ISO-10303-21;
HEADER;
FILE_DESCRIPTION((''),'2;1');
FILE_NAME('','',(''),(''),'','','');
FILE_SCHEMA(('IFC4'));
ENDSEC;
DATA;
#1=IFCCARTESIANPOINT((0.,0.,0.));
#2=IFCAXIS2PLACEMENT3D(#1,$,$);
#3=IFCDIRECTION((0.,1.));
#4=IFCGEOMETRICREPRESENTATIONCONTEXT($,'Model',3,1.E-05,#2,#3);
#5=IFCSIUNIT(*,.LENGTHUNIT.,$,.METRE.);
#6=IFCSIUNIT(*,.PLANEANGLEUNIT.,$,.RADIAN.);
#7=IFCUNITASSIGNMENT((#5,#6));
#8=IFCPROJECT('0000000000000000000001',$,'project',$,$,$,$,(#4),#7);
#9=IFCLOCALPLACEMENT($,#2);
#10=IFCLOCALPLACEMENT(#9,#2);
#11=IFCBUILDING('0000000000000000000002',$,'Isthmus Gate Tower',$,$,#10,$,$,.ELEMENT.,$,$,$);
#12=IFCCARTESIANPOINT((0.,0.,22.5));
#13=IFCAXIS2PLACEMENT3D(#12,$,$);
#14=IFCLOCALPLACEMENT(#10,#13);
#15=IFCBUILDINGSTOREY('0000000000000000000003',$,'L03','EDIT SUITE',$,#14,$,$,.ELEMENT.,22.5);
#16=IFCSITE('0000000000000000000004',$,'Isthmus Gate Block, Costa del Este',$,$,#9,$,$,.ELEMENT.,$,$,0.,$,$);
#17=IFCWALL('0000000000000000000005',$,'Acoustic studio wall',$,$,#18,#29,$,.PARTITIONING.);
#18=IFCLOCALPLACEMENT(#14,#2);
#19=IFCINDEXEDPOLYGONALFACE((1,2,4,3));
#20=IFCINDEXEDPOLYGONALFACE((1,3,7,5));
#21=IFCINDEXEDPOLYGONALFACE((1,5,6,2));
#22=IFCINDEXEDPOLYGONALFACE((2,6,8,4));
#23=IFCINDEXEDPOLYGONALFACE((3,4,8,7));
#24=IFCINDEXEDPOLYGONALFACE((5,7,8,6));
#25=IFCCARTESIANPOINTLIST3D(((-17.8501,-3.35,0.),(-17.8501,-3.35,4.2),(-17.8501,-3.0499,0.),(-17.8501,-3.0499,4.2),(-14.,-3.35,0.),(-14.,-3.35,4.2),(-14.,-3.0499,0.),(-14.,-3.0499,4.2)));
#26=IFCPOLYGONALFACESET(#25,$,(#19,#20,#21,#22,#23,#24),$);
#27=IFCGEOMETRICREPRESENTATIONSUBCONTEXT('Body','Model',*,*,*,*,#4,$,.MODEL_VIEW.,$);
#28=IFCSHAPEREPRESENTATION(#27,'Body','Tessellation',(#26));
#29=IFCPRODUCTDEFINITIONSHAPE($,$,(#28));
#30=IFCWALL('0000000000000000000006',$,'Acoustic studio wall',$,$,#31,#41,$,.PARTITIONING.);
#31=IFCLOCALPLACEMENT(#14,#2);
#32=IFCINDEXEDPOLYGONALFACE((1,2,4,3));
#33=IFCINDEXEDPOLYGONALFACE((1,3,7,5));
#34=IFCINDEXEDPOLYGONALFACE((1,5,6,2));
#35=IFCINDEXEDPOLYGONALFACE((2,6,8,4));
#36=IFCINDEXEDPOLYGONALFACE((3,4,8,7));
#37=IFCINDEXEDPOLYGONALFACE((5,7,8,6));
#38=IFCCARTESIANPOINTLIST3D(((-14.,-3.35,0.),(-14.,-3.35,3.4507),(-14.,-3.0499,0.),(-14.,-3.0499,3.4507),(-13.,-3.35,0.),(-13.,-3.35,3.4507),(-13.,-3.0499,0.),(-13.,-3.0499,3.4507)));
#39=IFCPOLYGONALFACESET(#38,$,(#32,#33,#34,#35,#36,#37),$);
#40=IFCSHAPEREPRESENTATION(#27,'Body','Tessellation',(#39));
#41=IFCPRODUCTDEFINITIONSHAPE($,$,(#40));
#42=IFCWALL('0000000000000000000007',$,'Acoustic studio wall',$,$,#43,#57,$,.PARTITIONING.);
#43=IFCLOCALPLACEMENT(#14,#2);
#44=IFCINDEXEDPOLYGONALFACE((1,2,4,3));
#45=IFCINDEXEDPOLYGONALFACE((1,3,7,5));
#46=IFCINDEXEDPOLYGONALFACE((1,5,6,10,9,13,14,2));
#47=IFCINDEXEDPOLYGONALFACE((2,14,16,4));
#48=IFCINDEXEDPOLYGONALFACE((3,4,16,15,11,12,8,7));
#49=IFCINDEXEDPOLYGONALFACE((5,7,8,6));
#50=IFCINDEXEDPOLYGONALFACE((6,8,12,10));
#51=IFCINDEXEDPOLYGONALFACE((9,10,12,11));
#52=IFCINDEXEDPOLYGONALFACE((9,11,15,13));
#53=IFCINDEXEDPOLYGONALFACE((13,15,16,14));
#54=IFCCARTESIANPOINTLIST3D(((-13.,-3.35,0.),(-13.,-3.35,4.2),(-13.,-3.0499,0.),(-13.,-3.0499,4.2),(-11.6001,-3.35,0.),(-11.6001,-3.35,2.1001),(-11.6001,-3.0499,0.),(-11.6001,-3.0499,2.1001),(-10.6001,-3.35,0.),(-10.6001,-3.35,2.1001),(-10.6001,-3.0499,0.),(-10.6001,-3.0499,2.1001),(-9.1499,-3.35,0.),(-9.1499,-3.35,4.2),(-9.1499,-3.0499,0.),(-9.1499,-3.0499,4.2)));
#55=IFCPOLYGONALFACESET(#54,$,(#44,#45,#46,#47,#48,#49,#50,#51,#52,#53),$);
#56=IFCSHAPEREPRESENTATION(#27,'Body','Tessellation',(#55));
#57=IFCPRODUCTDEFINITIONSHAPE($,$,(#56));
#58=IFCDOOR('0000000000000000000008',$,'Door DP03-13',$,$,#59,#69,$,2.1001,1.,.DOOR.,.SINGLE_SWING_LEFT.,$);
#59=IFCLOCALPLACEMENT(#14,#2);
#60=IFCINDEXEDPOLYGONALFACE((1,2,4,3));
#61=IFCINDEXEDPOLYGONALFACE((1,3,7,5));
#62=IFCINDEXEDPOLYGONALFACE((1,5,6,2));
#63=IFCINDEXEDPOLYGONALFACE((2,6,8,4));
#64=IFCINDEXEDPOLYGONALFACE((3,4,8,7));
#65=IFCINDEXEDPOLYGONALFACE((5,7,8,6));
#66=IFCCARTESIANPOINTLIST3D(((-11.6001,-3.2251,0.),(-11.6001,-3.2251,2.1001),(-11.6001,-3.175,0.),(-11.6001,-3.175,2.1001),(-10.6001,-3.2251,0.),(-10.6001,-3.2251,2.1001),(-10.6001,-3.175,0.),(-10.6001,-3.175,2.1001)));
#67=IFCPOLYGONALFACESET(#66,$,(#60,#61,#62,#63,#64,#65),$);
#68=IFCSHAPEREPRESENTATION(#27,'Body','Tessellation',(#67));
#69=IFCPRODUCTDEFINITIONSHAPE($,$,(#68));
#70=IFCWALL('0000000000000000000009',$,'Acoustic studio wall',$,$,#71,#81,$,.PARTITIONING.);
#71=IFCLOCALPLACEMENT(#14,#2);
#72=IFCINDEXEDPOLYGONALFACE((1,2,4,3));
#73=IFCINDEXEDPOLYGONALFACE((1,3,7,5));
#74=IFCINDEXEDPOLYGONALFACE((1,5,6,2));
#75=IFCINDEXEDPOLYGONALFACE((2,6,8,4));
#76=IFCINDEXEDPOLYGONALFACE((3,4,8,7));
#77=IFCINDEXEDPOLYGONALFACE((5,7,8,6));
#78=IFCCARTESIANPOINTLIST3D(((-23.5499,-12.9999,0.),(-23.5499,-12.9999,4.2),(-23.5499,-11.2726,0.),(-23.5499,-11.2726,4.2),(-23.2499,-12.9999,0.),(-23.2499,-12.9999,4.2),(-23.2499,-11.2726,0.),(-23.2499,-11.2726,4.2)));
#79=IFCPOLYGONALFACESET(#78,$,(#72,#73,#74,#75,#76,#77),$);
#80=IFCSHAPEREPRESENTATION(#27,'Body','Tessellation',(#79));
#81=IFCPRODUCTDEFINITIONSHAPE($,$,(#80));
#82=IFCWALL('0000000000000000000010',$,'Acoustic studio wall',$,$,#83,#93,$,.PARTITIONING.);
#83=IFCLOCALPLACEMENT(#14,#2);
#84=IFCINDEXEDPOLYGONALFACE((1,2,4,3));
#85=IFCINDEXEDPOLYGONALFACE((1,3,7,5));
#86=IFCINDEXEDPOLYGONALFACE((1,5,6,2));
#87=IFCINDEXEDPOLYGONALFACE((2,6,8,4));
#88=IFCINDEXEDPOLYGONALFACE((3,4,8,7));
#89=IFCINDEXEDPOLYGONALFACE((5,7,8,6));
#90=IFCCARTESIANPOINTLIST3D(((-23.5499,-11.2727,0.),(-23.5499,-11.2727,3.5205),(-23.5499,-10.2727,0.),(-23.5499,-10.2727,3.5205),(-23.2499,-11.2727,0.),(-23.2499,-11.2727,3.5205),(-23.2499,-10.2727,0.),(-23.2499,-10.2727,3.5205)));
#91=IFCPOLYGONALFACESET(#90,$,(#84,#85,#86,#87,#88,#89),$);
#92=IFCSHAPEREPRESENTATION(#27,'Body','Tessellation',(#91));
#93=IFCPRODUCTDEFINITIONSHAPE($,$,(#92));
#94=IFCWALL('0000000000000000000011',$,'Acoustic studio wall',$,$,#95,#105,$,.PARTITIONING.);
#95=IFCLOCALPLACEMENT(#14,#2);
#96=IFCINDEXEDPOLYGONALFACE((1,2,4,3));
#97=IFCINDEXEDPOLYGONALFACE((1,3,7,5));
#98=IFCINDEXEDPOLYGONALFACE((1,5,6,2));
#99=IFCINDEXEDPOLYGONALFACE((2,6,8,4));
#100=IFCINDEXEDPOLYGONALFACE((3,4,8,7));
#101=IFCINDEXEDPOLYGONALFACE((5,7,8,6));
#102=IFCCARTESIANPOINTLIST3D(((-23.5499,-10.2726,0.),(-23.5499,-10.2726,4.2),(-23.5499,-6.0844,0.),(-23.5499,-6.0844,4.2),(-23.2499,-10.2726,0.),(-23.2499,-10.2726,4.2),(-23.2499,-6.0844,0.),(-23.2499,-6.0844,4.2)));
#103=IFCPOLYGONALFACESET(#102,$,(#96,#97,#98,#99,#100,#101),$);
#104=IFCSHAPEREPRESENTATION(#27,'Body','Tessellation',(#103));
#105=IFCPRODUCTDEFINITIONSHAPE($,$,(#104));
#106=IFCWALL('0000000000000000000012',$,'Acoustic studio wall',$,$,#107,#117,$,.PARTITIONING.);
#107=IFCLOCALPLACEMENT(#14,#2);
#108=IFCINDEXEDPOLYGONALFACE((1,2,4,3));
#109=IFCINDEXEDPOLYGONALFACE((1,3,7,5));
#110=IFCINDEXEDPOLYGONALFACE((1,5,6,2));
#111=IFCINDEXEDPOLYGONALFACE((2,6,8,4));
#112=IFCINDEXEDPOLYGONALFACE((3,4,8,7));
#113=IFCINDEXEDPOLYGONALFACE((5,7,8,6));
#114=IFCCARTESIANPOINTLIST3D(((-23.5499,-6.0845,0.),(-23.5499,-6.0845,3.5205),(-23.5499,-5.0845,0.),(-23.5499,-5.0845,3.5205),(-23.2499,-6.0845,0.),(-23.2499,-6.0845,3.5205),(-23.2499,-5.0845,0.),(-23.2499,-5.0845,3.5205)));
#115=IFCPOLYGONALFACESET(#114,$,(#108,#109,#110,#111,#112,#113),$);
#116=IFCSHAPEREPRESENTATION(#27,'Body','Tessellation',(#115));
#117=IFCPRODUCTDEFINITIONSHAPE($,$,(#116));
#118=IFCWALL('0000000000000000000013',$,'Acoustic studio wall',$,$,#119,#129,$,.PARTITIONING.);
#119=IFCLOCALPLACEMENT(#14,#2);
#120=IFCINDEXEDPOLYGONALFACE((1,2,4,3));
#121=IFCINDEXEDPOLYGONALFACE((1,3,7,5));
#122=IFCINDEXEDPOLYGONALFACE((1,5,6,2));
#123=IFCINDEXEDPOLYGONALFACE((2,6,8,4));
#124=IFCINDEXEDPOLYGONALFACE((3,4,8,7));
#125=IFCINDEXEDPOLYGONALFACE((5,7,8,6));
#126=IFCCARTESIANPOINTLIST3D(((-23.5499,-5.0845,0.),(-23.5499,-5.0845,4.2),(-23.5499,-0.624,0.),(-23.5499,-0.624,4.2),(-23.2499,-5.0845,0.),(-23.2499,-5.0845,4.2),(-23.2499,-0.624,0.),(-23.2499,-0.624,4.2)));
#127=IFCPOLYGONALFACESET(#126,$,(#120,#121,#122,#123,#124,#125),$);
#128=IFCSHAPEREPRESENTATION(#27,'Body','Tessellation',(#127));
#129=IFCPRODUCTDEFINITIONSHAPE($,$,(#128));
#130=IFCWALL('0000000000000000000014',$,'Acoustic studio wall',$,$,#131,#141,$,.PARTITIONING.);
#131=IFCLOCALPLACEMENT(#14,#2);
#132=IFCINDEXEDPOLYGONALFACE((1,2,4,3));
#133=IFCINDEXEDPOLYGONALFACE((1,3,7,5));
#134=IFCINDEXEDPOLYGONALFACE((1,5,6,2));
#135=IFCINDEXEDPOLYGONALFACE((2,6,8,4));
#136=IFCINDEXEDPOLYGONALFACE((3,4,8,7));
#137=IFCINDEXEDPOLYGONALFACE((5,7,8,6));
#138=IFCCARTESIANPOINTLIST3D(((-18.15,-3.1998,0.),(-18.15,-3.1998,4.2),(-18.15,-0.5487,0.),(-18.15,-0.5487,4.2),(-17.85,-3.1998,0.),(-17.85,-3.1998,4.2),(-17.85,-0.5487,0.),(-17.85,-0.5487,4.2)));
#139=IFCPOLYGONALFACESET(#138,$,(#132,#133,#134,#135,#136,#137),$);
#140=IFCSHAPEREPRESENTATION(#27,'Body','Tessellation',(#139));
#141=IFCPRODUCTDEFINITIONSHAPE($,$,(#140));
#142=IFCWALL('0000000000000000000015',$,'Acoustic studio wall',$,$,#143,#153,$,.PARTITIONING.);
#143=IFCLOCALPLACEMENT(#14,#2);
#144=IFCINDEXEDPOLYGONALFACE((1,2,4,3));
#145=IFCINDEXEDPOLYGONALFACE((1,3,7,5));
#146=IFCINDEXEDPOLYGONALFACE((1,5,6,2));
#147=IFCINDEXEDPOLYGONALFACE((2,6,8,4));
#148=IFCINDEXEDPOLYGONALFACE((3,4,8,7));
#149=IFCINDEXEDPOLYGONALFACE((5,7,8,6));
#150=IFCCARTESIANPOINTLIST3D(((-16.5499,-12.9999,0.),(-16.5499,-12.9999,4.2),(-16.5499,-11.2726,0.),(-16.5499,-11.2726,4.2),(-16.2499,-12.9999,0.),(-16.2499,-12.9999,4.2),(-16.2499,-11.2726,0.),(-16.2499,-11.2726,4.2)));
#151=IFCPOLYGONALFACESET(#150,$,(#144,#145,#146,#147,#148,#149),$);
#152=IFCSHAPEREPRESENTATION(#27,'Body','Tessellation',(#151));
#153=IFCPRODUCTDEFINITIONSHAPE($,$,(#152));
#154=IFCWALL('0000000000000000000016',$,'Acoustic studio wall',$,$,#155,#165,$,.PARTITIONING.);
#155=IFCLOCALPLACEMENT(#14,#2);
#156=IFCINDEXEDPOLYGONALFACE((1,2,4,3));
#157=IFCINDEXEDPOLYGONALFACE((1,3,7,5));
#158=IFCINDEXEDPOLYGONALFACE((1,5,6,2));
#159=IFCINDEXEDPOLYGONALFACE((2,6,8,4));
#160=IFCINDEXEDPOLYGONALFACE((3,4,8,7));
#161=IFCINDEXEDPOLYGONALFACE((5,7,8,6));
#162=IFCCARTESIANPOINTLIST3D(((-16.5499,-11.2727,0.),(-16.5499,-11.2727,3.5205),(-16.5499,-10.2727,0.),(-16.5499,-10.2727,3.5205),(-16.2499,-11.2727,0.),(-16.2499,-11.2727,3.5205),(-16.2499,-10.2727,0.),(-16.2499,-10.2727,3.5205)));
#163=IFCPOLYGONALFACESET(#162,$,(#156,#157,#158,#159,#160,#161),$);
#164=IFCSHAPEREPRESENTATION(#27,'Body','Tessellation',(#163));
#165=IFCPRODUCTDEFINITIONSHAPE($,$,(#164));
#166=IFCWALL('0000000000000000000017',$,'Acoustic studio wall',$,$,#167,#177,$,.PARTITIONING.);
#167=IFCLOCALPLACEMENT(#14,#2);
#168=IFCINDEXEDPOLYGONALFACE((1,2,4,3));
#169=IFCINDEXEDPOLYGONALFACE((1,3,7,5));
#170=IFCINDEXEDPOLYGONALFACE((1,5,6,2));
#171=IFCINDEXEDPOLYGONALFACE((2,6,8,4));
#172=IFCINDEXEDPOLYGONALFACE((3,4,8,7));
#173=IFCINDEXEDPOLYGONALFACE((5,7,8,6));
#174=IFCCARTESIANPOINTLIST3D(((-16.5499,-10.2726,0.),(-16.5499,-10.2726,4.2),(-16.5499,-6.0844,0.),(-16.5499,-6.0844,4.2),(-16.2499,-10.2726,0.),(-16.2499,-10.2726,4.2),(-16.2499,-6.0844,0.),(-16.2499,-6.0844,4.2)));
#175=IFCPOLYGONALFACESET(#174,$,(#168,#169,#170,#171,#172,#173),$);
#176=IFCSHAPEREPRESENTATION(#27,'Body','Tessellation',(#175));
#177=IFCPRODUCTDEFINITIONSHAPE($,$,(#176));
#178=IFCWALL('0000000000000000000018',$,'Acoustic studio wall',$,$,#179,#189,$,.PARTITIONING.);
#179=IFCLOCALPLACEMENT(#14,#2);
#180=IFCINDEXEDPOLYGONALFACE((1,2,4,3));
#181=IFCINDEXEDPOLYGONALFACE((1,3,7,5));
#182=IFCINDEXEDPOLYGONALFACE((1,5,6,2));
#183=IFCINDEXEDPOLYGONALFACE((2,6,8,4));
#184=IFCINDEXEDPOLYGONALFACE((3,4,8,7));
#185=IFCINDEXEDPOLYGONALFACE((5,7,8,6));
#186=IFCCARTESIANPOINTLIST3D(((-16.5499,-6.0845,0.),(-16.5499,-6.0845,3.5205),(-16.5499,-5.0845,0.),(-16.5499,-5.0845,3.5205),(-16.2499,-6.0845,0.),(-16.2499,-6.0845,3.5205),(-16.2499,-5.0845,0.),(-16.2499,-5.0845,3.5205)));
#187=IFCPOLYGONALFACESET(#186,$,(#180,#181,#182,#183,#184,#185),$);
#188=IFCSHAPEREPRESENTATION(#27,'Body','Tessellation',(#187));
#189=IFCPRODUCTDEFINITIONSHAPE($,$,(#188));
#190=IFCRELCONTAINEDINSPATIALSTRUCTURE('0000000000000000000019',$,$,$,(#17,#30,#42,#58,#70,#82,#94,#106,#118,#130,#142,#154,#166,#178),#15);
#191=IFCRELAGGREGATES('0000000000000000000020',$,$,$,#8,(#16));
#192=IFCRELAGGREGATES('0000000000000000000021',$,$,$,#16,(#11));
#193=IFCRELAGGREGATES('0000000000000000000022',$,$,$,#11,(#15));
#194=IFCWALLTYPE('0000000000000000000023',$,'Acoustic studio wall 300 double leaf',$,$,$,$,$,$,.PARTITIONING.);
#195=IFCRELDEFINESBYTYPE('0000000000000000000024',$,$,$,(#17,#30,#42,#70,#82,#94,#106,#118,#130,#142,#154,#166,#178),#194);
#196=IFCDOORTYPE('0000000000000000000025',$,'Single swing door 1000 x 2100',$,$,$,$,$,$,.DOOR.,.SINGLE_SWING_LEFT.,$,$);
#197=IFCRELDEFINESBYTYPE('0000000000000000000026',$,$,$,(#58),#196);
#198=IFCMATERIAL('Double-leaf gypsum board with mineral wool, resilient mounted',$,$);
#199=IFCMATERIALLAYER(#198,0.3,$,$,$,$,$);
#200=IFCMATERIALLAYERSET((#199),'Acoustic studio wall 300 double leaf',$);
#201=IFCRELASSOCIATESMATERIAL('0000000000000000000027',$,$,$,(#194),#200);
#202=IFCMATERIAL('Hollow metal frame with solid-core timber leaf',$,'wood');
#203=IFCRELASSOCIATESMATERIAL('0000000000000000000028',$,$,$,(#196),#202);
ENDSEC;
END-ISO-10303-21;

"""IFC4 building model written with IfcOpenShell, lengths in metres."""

from ifc_helpers import new_model, si_unit, direction, frame, frame_2d, origin, place, context, subcontext, project, spatial, rectangle, extrude, material, layer, layer_set, type_object, element, fill, save


model = new_model("IFC4")

# Units and contexts
model_context = context("Model", 3, precision=1e-05, world=origin(), true_north=direction((0.0, 1.0)))
body_context = subcontext(model_context, "Body", "Model", "MODEL_VIEW")
ifc_project = project(units=[si_unit("LENGTHUNIT", "METRE"), si_unit("PLANEANGLEUNIT", "RADIAN")], contexts=[model_context])

# Site, building, storey
site_placement = place(None, origin())
site = spatial("IfcSite", under=ifc_project, at=site_placement, Name="Isthmus Gate Block, Costa del Este", CompositionType="ELEMENT", RefElevation=0.0)
building_placement = place(site_placement, origin())
building = spatial("IfcBuilding", under=site, at=building_placement, Name="Isthmus Gate Tower", CompositionType="ELEMENT")
storey_placement = place(building_placement, frame((0.0, 0.0, 22.5)))
storey = spatial("IfcBuildingStorey", under=building, at=storey_placement, Name="L03", Description="EDIT SUITE", CompositionType="ELEMENT", Elevation=22.5)

# Walls
ifc_material_1 = material(Name="Double-leaf gypsum board with mineral wool, resilient mounted")
ifc_layer_1 = layer(ifc_material_1, 0.3)
ifc_layer_set_1 = layer_set([ifc_layer_1], Name="Acoustic studio wall 300 double leaf")
wall_type_1 = type_object("IfcWallType", Name="Acoustic studio wall 300 double leaf", PredefinedType="PARTITIONING", material=ifc_layer_set_1)
wall_1_placement = place(storey_placement, frame((-17.8501, -3.2, 0.0), z_axis=(0.0, 0.0, 1.0), x_axis=(1.0, 0.0, 0.0)))
element("IfcWall", 1, at=wall_1_placement, inside=storey, type_object=wall_type_1, Name="Acoustic studio wall", PredefinedType="PARTITIONING", context=body_context, shape_type="SweptSolid", body=[
    extrude(rectangle(XDim=3.8501, YDim=0.3, at=frame_2d((1.925, 0.0))), origin(), (0.0, 0.0, 1.0), 4.2),
])
wall_2_placement = place(storey_placement, frame((-14.0, -3.2, 0.0), z_axis=(0.0, 0.0, 1.0), x_axis=(1.0, 0.0, 0.0)))
element("IfcWall", 2, at=wall_2_placement, inside=storey, type_object=wall_type_1, Name="Acoustic studio wall", PredefinedType="PARTITIONING", context=body_context, shape_type="SweptSolid", body=[
    extrude(rectangle(XDim=1.0, YDim=0.3, at=frame_2d((0.5, 0.0))), origin(), (0.0, 0.0, 1.0), 3.4507),
])

# Wall, opening, door
wall_3_placement = place(storey_placement, frame((-13.0, -3.2, 0.0), z_axis=(0.0, 0.0, 1.0), x_axis=(1.0, 0.0, 0.0)))
wall_3 = element("IfcWall", 3, at=wall_3_placement, inside=storey, type_object=wall_type_1, Name="Acoustic studio wall", PredefinedType="PARTITIONING", context=body_context, shape_type="SweptSolid", body=[
    extrude(rectangle(XDim=3.8501, YDim=0.3, at=frame_2d((1.925, 0.0))), origin(), (0.0, 0.0, 1.0), 4.2),
])
opening_1_placement = place(wall_3_placement, frame((1.3999, 0.0, 0.0)))
opening_1 = element("IfcOpeningElement", 4, at=opening_1_placement, cuts=wall_3, PredefinedType="OPENING", context=body_context, shape_type="SweptSolid", body=[
    extrude(rectangle(XDim=1.0, YDim=2.1001, at=frame_2d((0.5, 1.05))), frame((0.0, 0.1599, 0.0), z_axis=(0.0, -1.0, 0.0), x_axis=(1.0, 0.0, 0.0)), (0.0, 0.0, 1.0), 0.3201),
])
ifc_material_2 = material(Name="Hollow metal frame with solid-core timber leaf", Category="wood")
door_type = type_object("IfcDoorType", Name="Single swing door 1000 x 2100", OperationType="SINGLE_SWING_LEFT", PredefinedType="DOOR", material=ifc_material_2)
door_1_placement = place(opening_1_placement, origin())
door_1 = element("IfcDoor", 5, at=door_1_placement, inside=storey, type_object=door_type, Name="Door DP03-13", OperationType="SINGLE_SWING_LEFT", OverallHeight=2.1001, OverallWidth=1.0, PredefinedType="DOOR", context=body_context, shape_type="SweptSolid", body=[
    extrude(rectangle(XDim=1.0, YDim=2.1001, at=frame_2d((0.5, 1.05))), frame((0.0, 0.0249, 0.0), z_axis=(0.0, -1.0, 0.0), x_axis=(1.0, 0.0, 0.0)), (0.0, 0.0, 1.0), 0.05),
])
fill(opening_1, door_1)

# Walls
wall_4_placement = place(storey_placement, frame((-23.3999, -13.0, 0.0), z_axis=(0.0, 0.0, 1.0), x_axis=(0.0, 1.0, 0.0)))
element("IfcWall", 6, at=wall_4_placement, inside=storey, type_object=wall_type_1, Name="Acoustic studio wall", PredefinedType="PARTITIONING", context=body_context, shape_type="SweptSolid", body=[
    extrude(rectangle(XDim=1.7273, YDim=0.3, at=frame_2d((0.8638, 0.0))), origin(), (0.0, 0.0, 1.0), 4.2),
])
wall_5_placement = place(storey_placement, frame((-23.3999, -11.2727, 0.0), z_axis=(0.0, 0.0, 1.0), x_axis=(0.0, 1.0, 0.0)))
element("IfcWall", 7, at=wall_5_placement, inside=storey, type_object=wall_type_1, Name="Acoustic studio wall", PredefinedType="PARTITIONING", context=body_context, shape_type="SweptSolid", body=[
    extrude(rectangle(XDim=1.0, YDim=0.3, at=frame_2d((0.5, 0.0))), origin(), (0.0, 0.0, 1.0), 3.5205),
])
wall_6_placement = place(storey_placement, frame((-23.3999, -10.2727, 0.0), z_axis=(0.0, 0.0, 1.0), x_axis=(0.0, 1.0, 0.0)))
element("IfcWall", 8, at=wall_6_placement, inside=storey, type_object=wall_type_1, Name="Acoustic studio wall", PredefinedType="PARTITIONING", context=body_context, shape_type="SweptSolid", body=[
    extrude(rectangle(XDim=4.1882, YDim=0.3, at=frame_2d((2.0942, 0.0))), origin(), (0.0, 0.0, 1.0), 4.2),
])
wall_7_placement = place(storey_placement, frame((-23.3999, -6.0845, 0.0), z_axis=(0.0, 0.0, 1.0), x_axis=(0.0, 1.0, 0.0)))
element("IfcWall", 9, at=wall_7_placement, inside=storey, type_object=wall_type_1, Name="Acoustic studio wall", PredefinedType="PARTITIONING", context=body_context, shape_type="SweptSolid", body=[
    extrude(rectangle(XDim=1.0, YDim=0.3, at=frame_2d((0.5, 0.0))), origin(), (0.0, 0.0, 1.0), 3.5205),
])
wall_8_placement = place(storey_placement, frame((-23.3999, -5.0845, 0.0), z_axis=(0.0, 0.0, 1.0), x_axis=(0.0, 1.0, 0.0)))
element("IfcWall", 10, at=wall_8_placement, inside=storey, type_object=wall_type_1, Name="Acoustic studio wall", PredefinedType="PARTITIONING", context=body_context, shape_type="SweptSolid", body=[
    extrude(rectangle(XDim=4.4604, YDim=0.3, at=frame_2d((2.2302, 0.0))), origin(), (0.0, 0.0, 1.0), 4.2),
])
wall_9_placement = place(storey_placement, frame((-18.0, -3.2, 0.0), z_axis=(0.0, 0.0, 1.0), x_axis=(0.0, 1.0, 0.0)))
element("IfcWall", 11, at=wall_9_placement, inside=storey, type_object=wall_type_1, Name="Acoustic studio wall", PredefinedType="PARTITIONING", context=body_context, shape_type="SweptSolid", body=[
    extrude(rectangle(XDim=2.6511, YDim=0.3, at=frame_2d((1.3257, 0.0))), origin(), (0.0, 0.0, 1.0), 4.2),
])
wall_10_placement = place(storey_placement, frame((-16.3999, -13.0, 0.0), z_axis=(0.0, 0.0, 1.0), x_axis=(0.0, 1.0, 0.0)))
element("IfcWall", 12, at=wall_10_placement, inside=storey, type_object=wall_type_1, Name="Acoustic studio wall", PredefinedType="PARTITIONING", context=body_context, shape_type="SweptSolid", body=[
    extrude(rectangle(XDim=1.7273, YDim=0.3, at=frame_2d((0.8638, 0.0))), origin(), (0.0, 0.0, 1.0), 4.2),
])
wall_11_placement = place(storey_placement, frame((-16.3999, -11.2727, 0.0), z_axis=(0.0, 0.0, 1.0), x_axis=(0.0, 1.0, 0.0)))
element("IfcWall", 13, at=wall_11_placement, inside=storey, type_object=wall_type_1, Name="Acoustic studio wall", PredefinedType="PARTITIONING", context=body_context, shape_type="SweptSolid", body=[
    extrude(rectangle(XDim=1.0, YDim=0.3, at=frame_2d((0.5, 0.0))), origin(), (0.0, 0.0, 1.0), 3.5205),
])
wall_12_placement = place(storey_placement, frame((-16.3999, -10.2727, 0.0), z_axis=(0.0, 0.0, 1.0), x_axis=(0.0, 1.0, 0.0)))
element("IfcWall", 14, at=wall_12_placement, inside=storey, type_object=wall_type_1, Name="Acoustic studio wall", PredefinedType="PARTITIONING", context=body_context, shape_type="SweptSolid", body=[
    extrude(rectangle(XDim=4.1882, YDim=0.3, at=frame_2d((2.0942, 0.0))), origin(), (0.0, 0.0, 1.0), 4.2),
])
wall_13_placement = place(storey_placement, frame((-16.3999, -6.0845, 0.0), z_axis=(0.0, 0.0, 1.0), x_axis=(0.0, 1.0, 0.0)))
element("IfcWall", 15, at=wall_13_placement, inside=storey, type_object=wall_type_1, Name="Acoustic studio wall", PredefinedType="PARTITIONING", context=body_context, shape_type="SweptSolid", body=[
    extrude(rectangle(XDim=1.0, YDim=0.3, at=frame_2d((0.5, 0.0))), origin(), (0.0, 0.0, 1.0), 3.5205),
])

save(model, "model.ifc")
